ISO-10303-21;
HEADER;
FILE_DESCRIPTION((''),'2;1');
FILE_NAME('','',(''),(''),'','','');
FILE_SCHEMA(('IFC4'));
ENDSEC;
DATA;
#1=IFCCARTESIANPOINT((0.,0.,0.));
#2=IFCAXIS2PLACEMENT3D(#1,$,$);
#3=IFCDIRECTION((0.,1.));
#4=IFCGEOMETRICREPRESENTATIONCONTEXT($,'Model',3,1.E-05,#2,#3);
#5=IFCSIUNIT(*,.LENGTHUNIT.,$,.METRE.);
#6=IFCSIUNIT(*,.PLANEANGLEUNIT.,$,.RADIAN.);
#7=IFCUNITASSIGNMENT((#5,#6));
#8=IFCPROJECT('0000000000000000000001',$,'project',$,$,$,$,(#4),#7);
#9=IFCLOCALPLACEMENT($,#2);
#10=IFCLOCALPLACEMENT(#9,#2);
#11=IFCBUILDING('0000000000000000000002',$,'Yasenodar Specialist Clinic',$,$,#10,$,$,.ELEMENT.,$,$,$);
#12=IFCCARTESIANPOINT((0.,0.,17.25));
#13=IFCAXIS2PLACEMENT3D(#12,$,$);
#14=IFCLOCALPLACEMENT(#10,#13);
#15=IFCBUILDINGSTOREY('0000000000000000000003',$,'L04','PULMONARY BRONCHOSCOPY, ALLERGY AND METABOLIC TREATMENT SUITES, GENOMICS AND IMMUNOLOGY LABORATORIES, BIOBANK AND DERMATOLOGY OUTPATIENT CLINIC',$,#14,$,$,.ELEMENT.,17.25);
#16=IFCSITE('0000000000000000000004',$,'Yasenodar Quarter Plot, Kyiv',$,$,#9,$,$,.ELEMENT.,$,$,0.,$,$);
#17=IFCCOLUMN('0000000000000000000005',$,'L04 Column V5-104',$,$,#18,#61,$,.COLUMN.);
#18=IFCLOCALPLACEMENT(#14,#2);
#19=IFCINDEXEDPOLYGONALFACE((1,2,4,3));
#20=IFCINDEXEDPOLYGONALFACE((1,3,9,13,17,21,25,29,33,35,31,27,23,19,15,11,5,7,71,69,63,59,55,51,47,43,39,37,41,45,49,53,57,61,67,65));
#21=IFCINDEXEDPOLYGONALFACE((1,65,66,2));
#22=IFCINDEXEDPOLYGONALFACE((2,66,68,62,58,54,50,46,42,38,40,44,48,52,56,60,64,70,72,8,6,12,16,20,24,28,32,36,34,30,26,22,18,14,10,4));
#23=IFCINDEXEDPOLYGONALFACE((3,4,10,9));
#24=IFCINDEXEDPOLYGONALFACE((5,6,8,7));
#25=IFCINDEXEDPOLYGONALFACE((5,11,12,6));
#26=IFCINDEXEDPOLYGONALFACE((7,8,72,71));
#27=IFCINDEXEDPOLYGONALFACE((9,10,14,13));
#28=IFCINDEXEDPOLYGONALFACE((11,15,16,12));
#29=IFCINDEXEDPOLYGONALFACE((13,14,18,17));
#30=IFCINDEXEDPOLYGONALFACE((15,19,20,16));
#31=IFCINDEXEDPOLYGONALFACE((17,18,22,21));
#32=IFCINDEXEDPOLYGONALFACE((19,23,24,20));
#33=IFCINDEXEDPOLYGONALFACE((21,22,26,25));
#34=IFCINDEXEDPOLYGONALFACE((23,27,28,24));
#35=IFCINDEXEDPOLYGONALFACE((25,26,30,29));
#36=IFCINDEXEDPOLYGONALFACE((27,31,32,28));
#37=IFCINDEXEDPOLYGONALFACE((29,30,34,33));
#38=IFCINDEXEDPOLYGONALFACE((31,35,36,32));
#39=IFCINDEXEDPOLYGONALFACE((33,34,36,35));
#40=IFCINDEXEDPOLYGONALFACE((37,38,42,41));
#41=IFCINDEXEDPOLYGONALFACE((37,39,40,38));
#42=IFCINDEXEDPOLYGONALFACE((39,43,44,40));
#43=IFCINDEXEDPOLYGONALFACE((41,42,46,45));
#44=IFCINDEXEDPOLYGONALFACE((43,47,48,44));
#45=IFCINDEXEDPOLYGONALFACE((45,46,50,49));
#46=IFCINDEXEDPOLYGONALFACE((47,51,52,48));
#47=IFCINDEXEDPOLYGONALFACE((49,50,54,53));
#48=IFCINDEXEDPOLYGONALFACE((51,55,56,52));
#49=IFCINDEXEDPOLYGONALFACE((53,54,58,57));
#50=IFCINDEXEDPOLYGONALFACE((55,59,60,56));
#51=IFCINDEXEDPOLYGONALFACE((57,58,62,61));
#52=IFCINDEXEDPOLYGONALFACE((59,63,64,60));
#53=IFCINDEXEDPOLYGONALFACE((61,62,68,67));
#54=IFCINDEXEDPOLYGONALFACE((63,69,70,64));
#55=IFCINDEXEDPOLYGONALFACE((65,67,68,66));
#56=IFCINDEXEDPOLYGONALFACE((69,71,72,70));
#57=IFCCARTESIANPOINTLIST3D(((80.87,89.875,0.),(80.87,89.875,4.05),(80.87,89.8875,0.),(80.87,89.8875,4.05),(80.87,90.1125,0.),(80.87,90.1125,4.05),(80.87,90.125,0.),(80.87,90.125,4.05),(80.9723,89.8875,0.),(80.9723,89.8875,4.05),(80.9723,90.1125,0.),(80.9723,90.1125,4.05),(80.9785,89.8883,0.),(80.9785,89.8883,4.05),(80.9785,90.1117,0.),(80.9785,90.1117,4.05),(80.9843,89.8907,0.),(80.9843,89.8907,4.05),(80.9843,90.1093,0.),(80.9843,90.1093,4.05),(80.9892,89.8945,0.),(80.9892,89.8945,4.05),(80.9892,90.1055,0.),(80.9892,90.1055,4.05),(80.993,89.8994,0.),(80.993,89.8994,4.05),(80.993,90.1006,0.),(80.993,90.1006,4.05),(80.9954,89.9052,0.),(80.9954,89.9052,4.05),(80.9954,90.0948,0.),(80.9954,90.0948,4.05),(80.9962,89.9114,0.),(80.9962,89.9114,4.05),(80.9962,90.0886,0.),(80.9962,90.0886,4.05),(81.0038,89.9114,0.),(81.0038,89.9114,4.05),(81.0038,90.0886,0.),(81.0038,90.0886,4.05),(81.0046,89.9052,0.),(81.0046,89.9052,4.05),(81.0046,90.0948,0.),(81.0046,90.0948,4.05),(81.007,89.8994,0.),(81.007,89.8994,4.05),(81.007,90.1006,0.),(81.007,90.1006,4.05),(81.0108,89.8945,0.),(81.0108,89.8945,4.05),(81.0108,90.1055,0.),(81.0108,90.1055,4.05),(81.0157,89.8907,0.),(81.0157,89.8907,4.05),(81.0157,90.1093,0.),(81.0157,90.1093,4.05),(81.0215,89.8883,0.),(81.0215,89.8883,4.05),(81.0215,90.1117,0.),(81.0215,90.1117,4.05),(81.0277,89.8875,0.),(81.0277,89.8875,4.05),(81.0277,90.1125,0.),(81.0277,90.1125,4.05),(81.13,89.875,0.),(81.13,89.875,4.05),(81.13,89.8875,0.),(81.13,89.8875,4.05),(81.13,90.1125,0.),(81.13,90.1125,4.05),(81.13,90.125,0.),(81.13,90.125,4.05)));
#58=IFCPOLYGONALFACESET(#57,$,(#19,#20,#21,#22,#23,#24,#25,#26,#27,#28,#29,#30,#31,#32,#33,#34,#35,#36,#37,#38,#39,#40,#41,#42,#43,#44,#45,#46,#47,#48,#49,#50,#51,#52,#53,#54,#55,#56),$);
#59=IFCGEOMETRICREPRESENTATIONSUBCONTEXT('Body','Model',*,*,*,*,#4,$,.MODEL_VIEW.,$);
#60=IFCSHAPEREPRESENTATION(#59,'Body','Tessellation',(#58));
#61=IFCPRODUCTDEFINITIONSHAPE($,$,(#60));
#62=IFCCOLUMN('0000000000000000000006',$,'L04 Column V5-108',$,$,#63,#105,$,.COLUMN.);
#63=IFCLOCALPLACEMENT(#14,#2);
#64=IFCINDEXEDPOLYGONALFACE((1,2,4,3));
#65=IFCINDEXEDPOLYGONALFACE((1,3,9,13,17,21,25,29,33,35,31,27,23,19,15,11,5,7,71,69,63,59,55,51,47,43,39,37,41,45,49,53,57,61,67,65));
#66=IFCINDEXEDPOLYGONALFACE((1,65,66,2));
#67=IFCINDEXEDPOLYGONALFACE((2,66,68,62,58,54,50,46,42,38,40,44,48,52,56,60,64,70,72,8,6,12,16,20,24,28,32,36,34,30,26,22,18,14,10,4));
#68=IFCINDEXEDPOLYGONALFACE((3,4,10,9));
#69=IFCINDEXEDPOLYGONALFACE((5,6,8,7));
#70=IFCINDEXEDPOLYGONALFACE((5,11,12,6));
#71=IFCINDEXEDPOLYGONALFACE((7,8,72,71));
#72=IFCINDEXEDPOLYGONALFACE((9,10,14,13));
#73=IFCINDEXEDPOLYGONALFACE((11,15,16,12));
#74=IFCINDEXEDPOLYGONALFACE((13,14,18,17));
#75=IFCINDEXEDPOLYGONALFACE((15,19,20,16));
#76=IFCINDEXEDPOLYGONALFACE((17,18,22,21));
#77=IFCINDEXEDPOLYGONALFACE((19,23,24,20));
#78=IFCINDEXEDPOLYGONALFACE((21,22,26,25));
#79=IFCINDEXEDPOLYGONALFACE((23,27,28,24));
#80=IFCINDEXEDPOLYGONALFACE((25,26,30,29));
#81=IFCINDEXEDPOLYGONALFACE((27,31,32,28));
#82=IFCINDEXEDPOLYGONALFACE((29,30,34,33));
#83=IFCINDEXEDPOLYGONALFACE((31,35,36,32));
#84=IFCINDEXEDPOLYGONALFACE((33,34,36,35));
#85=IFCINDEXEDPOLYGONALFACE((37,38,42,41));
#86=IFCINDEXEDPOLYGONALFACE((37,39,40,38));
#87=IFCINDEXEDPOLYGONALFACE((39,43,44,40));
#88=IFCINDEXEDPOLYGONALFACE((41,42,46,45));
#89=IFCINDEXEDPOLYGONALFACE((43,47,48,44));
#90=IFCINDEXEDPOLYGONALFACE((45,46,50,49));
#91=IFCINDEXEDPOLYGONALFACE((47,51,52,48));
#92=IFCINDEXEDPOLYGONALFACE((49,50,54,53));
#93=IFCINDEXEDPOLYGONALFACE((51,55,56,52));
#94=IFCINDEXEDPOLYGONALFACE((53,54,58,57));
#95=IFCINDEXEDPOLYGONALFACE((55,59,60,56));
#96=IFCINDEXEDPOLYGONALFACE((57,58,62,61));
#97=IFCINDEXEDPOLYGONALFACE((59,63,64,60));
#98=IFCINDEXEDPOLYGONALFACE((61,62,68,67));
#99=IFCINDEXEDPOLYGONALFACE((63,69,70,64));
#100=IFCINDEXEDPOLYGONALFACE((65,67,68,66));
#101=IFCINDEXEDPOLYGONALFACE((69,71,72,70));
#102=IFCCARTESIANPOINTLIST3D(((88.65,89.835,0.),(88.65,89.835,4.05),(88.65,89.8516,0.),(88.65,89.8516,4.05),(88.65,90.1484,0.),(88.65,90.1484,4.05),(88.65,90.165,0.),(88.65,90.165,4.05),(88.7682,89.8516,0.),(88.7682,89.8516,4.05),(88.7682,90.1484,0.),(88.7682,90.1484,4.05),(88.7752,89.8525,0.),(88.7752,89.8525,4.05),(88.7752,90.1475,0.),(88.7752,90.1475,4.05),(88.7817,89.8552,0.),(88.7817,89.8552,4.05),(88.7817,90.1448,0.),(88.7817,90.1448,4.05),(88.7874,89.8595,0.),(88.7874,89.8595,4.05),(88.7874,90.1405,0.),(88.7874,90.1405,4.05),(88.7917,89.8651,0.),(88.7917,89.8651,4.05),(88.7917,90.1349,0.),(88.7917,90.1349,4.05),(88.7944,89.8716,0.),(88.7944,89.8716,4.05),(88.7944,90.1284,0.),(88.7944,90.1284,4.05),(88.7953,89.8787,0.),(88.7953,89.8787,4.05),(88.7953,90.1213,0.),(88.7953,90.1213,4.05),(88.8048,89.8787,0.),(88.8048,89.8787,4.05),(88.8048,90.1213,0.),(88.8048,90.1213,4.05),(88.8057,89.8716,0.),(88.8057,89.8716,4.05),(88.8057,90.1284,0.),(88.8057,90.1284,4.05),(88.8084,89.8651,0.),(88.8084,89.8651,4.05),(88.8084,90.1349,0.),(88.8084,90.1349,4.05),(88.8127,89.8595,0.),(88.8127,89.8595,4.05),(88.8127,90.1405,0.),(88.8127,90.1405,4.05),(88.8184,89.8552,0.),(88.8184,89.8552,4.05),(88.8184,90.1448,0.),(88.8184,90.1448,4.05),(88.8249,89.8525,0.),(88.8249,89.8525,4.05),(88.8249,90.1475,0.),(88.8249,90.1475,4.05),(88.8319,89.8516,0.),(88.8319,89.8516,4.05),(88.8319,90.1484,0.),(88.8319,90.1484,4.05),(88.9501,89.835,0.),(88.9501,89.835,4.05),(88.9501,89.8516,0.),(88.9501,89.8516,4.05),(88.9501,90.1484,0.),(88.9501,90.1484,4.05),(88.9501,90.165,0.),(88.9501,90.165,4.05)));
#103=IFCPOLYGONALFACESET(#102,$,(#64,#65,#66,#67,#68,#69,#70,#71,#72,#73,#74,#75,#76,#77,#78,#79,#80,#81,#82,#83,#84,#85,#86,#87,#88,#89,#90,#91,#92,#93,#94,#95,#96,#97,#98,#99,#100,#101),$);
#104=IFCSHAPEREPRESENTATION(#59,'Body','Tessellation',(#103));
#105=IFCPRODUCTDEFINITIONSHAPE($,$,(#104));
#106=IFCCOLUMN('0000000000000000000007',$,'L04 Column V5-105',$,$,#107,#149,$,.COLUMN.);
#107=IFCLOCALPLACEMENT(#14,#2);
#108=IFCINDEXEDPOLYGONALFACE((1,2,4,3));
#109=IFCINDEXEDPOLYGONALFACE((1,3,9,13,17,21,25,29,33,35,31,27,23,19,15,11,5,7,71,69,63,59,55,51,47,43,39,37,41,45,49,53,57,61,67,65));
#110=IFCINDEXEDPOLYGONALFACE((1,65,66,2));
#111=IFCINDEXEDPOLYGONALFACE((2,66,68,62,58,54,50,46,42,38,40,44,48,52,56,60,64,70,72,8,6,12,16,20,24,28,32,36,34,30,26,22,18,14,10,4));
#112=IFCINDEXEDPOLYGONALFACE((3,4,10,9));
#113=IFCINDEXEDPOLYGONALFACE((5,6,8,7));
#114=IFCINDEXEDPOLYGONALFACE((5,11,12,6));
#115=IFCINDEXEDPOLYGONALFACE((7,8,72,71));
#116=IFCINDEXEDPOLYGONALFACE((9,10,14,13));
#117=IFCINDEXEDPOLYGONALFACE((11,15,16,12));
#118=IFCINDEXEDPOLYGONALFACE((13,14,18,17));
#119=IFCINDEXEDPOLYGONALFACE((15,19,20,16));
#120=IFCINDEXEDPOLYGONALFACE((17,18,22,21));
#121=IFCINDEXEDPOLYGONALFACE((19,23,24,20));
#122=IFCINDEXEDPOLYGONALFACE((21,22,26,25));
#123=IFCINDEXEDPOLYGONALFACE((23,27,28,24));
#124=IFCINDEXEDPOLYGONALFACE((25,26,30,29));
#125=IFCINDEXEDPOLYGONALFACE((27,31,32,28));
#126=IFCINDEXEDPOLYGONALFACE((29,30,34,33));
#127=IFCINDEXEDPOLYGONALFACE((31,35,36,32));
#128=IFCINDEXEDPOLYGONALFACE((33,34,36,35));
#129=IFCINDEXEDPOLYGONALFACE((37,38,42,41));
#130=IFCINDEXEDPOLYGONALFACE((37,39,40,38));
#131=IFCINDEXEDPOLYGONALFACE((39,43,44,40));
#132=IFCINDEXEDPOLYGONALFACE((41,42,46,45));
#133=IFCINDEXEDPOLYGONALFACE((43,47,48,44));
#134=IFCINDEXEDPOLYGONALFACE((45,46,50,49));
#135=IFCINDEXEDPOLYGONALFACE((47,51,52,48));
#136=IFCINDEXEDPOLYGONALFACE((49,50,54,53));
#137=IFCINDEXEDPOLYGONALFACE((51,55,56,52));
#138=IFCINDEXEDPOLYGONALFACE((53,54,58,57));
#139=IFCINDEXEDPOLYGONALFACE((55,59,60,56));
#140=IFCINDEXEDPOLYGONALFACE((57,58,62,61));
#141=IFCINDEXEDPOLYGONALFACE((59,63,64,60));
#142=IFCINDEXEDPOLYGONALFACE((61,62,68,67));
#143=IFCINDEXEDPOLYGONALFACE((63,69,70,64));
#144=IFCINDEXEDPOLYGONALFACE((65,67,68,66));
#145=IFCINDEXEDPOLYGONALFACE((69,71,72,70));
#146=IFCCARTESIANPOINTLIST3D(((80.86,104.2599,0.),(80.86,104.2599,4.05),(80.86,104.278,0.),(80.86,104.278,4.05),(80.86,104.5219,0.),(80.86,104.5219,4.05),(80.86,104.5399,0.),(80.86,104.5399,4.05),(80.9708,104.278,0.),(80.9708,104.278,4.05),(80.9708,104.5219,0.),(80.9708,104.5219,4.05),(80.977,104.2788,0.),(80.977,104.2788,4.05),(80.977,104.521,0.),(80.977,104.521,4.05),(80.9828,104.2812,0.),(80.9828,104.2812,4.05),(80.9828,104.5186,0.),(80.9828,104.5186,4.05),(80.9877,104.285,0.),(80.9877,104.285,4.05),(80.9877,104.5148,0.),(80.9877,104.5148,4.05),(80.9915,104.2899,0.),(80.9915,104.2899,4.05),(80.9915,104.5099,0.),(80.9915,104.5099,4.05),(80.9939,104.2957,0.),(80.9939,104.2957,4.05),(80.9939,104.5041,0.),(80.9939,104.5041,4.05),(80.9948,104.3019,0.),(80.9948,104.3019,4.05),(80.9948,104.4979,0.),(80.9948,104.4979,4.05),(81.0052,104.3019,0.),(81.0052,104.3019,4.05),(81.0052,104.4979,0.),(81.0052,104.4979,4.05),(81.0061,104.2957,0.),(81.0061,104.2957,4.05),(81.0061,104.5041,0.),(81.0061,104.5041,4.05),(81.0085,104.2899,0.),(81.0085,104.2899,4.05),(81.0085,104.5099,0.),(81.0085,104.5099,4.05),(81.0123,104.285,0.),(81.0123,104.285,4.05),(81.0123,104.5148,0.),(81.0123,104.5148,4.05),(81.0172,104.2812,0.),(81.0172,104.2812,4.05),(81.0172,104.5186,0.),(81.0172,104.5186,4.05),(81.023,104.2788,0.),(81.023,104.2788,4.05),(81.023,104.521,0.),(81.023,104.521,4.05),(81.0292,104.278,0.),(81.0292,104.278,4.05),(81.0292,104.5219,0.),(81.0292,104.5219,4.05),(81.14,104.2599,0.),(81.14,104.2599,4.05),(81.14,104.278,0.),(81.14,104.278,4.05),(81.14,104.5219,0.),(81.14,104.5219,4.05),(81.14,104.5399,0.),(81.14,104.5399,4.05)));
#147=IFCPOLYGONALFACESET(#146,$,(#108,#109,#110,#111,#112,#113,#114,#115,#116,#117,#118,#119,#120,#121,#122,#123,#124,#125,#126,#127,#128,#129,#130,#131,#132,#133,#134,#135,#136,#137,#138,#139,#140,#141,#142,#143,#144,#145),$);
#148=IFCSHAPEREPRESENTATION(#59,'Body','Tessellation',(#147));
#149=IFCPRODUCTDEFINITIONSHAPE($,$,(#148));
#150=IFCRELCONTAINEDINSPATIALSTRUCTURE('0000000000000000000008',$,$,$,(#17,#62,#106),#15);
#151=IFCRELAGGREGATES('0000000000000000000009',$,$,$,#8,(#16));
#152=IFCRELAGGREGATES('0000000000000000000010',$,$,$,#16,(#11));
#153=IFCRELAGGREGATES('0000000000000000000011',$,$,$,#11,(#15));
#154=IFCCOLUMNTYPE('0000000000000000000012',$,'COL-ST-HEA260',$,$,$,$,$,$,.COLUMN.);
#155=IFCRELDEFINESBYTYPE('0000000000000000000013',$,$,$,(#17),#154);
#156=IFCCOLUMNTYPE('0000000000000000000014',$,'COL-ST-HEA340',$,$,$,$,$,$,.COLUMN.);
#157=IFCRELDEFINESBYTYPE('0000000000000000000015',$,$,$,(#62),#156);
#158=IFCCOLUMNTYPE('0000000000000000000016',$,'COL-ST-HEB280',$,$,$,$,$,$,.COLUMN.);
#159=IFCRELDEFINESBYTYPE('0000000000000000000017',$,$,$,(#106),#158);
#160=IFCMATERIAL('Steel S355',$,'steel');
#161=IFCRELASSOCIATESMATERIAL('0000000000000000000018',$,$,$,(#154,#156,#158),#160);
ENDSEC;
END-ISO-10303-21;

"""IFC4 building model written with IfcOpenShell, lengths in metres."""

from ifc_helpers import new_model, si_unit, direction, frame, origin, origin_2d, place, context, subcontext, project, spatial, i_section, extrude, material, material_profile, profile_set, type_object, element, save


model = new_model("IFC4")

# Units and contexts
model_context = context("Model", 3, precision=1e-05, world=origin(), true_north=direction((0.0, 1.0)))
body_context = subcontext(model_context, "Body", "Model", "MODEL_VIEW")
ifc_project = project(units=[si_unit("LENGTHUNIT", "METRE"), si_unit("PLANEANGLEUNIT", "RADIAN")], contexts=[model_context])

# Site, building, storey
site_placement = place(None, origin())
site = spatial("IfcSite", under=ifc_project, at=site_placement, Name="Yasenodar Quarter Plot, Kyiv", CompositionType="ELEMENT", RefElevation=0.0)
building_placement = place(site_placement, origin())
building = spatial("IfcBuilding", under=site, at=building_placement, Name="Yasenodar Specialist Clinic", CompositionType="ELEMENT")
storey_placement = place(building_placement, frame((0.0, 0.0, 17.25)))
storey = spatial("IfcBuildingStorey", under=building, at=storey_placement, Name="L04", Description="PULMONARY BRONCHOSCOPY, ALLERGY AND METABOLIC TREATMENT SUITES, GENOMICS AND IMMUNOLOGY LABORATORIES, BIOBANK AND DERMATOLOGY OUTPATIENT CLINIC", CompositionType="ELEMENT", Elevation=17.25)

# Columns
ifc_material_1 = material(Name="Steel S355", Category="steel")
ifc_material_profile_1 = material_profile(ifc_material_1, i_section(OverallWidth=0.26, OverallDepth=0.25, WebThickness=0.0076, FlangeThickness=0.0125, FilletRadius=0.0239, at=origin_2d()), Name="HEA 260")
ifc_profile_set_1 = profile_set([ifc_material_profile_1], Name="Steel S355")
column_type_1 = type_object("IfcColumnType", Name="COL-ST-HEA260", PredefinedType="COLUMN", material=ifc_profile_set_1)
column_1_placement = place(storey_placement, frame((81.0, 90.0, 0.0), z_axis=(0.0, 0.0, 1.0), x_axis=(1.0, 0.0, 0.0)))
element("IfcColumn", 1, at=column_1_placement, inside=storey, type_object=column_type_1, Name="L04 Column V5-104", PredefinedType="COLUMN", context=body_context, shape_type="SweptSolid", body=[
    extrude(i_section(OverallWidth=0.26, OverallDepth=0.25, WebThickness=0.0076, FlangeThickness=0.0125, FilletRadius=0.0239, at=origin_2d()), origin(), (0.0, 0.0, 1.0), 4.05),
])
ifc_material_profile_2 = material_profile(ifc_material_1, i_section(OverallWidth=0.3, OverallDepth=0.3301, WebThickness=0.0095, FlangeThickness=0.0166, FilletRadius=0.0271, at=origin_2d()), Name="HEA 340")
ifc_profile_set_2 = profile_set([ifc_material_profile_2], Name="Steel S355")
column_type_2 = type_object("IfcColumnType", Name="COL-ST-HEA340", PredefinedType="COLUMN", material=ifc_profile_set_2)
column_2_placement = place(storey_placement, frame((88.8, 90.0, 0.0), z_axis=(0.0, 0.0, 1.0), x_axis=(1.0, 0.0, 0.0)))
element("IfcColumn", 2, at=column_2_placement, inside=storey, type_object=column_type_2, Name="L04 Column V5-108", PredefinedType="COLUMN", context=body_context, shape_type="SweptSolid", body=[
    extrude(i_section(OverallWidth=0.3, OverallDepth=0.3301, WebThickness=0.0095, FlangeThickness=0.0166, FilletRadius=0.0271, at=origin_2d()), origin(), (0.0, 0.0, 1.0), 4.05),
])
ifc_material_profile_3 = material_profile(ifc_material_1, i_section(OverallWidth=0.28, OverallDepth=0.28, WebThickness=0.0105, FlangeThickness=0.0181, FilletRadius=0.0239, at=origin_2d()), Name="HEB 280")
ifc_profile_set_3 = profile_set([ifc_material_profile_3], Name="Steel S355")
column_type_3 = type_object("IfcColumnType", Name="COL-ST-HEB280", PredefinedType="COLUMN", material=ifc_profile_set_3)
column_3_placement = place(storey_placement, frame((81.0, 104.3999, 0.0), z_axis=(0.0, 0.0, 1.0), x_axis=(1.0, 0.0, 0.0)))
element("IfcColumn", 3, at=column_3_placement, inside=storey, type_object=column_type_3, Name="L04 Column V5-105", PredefinedType="COLUMN", context=body_context, shape_type="SweptSolid", body=[
    extrude(i_section(OverallWidth=0.28, OverallDepth=0.28, WebThickness=0.0105, FlangeThickness=0.0181, FilletRadius=0.0239, at=origin_2d()), origin(), (0.0, 0.0, 1.0), 4.05),
])

save(model, "model.ifc")
